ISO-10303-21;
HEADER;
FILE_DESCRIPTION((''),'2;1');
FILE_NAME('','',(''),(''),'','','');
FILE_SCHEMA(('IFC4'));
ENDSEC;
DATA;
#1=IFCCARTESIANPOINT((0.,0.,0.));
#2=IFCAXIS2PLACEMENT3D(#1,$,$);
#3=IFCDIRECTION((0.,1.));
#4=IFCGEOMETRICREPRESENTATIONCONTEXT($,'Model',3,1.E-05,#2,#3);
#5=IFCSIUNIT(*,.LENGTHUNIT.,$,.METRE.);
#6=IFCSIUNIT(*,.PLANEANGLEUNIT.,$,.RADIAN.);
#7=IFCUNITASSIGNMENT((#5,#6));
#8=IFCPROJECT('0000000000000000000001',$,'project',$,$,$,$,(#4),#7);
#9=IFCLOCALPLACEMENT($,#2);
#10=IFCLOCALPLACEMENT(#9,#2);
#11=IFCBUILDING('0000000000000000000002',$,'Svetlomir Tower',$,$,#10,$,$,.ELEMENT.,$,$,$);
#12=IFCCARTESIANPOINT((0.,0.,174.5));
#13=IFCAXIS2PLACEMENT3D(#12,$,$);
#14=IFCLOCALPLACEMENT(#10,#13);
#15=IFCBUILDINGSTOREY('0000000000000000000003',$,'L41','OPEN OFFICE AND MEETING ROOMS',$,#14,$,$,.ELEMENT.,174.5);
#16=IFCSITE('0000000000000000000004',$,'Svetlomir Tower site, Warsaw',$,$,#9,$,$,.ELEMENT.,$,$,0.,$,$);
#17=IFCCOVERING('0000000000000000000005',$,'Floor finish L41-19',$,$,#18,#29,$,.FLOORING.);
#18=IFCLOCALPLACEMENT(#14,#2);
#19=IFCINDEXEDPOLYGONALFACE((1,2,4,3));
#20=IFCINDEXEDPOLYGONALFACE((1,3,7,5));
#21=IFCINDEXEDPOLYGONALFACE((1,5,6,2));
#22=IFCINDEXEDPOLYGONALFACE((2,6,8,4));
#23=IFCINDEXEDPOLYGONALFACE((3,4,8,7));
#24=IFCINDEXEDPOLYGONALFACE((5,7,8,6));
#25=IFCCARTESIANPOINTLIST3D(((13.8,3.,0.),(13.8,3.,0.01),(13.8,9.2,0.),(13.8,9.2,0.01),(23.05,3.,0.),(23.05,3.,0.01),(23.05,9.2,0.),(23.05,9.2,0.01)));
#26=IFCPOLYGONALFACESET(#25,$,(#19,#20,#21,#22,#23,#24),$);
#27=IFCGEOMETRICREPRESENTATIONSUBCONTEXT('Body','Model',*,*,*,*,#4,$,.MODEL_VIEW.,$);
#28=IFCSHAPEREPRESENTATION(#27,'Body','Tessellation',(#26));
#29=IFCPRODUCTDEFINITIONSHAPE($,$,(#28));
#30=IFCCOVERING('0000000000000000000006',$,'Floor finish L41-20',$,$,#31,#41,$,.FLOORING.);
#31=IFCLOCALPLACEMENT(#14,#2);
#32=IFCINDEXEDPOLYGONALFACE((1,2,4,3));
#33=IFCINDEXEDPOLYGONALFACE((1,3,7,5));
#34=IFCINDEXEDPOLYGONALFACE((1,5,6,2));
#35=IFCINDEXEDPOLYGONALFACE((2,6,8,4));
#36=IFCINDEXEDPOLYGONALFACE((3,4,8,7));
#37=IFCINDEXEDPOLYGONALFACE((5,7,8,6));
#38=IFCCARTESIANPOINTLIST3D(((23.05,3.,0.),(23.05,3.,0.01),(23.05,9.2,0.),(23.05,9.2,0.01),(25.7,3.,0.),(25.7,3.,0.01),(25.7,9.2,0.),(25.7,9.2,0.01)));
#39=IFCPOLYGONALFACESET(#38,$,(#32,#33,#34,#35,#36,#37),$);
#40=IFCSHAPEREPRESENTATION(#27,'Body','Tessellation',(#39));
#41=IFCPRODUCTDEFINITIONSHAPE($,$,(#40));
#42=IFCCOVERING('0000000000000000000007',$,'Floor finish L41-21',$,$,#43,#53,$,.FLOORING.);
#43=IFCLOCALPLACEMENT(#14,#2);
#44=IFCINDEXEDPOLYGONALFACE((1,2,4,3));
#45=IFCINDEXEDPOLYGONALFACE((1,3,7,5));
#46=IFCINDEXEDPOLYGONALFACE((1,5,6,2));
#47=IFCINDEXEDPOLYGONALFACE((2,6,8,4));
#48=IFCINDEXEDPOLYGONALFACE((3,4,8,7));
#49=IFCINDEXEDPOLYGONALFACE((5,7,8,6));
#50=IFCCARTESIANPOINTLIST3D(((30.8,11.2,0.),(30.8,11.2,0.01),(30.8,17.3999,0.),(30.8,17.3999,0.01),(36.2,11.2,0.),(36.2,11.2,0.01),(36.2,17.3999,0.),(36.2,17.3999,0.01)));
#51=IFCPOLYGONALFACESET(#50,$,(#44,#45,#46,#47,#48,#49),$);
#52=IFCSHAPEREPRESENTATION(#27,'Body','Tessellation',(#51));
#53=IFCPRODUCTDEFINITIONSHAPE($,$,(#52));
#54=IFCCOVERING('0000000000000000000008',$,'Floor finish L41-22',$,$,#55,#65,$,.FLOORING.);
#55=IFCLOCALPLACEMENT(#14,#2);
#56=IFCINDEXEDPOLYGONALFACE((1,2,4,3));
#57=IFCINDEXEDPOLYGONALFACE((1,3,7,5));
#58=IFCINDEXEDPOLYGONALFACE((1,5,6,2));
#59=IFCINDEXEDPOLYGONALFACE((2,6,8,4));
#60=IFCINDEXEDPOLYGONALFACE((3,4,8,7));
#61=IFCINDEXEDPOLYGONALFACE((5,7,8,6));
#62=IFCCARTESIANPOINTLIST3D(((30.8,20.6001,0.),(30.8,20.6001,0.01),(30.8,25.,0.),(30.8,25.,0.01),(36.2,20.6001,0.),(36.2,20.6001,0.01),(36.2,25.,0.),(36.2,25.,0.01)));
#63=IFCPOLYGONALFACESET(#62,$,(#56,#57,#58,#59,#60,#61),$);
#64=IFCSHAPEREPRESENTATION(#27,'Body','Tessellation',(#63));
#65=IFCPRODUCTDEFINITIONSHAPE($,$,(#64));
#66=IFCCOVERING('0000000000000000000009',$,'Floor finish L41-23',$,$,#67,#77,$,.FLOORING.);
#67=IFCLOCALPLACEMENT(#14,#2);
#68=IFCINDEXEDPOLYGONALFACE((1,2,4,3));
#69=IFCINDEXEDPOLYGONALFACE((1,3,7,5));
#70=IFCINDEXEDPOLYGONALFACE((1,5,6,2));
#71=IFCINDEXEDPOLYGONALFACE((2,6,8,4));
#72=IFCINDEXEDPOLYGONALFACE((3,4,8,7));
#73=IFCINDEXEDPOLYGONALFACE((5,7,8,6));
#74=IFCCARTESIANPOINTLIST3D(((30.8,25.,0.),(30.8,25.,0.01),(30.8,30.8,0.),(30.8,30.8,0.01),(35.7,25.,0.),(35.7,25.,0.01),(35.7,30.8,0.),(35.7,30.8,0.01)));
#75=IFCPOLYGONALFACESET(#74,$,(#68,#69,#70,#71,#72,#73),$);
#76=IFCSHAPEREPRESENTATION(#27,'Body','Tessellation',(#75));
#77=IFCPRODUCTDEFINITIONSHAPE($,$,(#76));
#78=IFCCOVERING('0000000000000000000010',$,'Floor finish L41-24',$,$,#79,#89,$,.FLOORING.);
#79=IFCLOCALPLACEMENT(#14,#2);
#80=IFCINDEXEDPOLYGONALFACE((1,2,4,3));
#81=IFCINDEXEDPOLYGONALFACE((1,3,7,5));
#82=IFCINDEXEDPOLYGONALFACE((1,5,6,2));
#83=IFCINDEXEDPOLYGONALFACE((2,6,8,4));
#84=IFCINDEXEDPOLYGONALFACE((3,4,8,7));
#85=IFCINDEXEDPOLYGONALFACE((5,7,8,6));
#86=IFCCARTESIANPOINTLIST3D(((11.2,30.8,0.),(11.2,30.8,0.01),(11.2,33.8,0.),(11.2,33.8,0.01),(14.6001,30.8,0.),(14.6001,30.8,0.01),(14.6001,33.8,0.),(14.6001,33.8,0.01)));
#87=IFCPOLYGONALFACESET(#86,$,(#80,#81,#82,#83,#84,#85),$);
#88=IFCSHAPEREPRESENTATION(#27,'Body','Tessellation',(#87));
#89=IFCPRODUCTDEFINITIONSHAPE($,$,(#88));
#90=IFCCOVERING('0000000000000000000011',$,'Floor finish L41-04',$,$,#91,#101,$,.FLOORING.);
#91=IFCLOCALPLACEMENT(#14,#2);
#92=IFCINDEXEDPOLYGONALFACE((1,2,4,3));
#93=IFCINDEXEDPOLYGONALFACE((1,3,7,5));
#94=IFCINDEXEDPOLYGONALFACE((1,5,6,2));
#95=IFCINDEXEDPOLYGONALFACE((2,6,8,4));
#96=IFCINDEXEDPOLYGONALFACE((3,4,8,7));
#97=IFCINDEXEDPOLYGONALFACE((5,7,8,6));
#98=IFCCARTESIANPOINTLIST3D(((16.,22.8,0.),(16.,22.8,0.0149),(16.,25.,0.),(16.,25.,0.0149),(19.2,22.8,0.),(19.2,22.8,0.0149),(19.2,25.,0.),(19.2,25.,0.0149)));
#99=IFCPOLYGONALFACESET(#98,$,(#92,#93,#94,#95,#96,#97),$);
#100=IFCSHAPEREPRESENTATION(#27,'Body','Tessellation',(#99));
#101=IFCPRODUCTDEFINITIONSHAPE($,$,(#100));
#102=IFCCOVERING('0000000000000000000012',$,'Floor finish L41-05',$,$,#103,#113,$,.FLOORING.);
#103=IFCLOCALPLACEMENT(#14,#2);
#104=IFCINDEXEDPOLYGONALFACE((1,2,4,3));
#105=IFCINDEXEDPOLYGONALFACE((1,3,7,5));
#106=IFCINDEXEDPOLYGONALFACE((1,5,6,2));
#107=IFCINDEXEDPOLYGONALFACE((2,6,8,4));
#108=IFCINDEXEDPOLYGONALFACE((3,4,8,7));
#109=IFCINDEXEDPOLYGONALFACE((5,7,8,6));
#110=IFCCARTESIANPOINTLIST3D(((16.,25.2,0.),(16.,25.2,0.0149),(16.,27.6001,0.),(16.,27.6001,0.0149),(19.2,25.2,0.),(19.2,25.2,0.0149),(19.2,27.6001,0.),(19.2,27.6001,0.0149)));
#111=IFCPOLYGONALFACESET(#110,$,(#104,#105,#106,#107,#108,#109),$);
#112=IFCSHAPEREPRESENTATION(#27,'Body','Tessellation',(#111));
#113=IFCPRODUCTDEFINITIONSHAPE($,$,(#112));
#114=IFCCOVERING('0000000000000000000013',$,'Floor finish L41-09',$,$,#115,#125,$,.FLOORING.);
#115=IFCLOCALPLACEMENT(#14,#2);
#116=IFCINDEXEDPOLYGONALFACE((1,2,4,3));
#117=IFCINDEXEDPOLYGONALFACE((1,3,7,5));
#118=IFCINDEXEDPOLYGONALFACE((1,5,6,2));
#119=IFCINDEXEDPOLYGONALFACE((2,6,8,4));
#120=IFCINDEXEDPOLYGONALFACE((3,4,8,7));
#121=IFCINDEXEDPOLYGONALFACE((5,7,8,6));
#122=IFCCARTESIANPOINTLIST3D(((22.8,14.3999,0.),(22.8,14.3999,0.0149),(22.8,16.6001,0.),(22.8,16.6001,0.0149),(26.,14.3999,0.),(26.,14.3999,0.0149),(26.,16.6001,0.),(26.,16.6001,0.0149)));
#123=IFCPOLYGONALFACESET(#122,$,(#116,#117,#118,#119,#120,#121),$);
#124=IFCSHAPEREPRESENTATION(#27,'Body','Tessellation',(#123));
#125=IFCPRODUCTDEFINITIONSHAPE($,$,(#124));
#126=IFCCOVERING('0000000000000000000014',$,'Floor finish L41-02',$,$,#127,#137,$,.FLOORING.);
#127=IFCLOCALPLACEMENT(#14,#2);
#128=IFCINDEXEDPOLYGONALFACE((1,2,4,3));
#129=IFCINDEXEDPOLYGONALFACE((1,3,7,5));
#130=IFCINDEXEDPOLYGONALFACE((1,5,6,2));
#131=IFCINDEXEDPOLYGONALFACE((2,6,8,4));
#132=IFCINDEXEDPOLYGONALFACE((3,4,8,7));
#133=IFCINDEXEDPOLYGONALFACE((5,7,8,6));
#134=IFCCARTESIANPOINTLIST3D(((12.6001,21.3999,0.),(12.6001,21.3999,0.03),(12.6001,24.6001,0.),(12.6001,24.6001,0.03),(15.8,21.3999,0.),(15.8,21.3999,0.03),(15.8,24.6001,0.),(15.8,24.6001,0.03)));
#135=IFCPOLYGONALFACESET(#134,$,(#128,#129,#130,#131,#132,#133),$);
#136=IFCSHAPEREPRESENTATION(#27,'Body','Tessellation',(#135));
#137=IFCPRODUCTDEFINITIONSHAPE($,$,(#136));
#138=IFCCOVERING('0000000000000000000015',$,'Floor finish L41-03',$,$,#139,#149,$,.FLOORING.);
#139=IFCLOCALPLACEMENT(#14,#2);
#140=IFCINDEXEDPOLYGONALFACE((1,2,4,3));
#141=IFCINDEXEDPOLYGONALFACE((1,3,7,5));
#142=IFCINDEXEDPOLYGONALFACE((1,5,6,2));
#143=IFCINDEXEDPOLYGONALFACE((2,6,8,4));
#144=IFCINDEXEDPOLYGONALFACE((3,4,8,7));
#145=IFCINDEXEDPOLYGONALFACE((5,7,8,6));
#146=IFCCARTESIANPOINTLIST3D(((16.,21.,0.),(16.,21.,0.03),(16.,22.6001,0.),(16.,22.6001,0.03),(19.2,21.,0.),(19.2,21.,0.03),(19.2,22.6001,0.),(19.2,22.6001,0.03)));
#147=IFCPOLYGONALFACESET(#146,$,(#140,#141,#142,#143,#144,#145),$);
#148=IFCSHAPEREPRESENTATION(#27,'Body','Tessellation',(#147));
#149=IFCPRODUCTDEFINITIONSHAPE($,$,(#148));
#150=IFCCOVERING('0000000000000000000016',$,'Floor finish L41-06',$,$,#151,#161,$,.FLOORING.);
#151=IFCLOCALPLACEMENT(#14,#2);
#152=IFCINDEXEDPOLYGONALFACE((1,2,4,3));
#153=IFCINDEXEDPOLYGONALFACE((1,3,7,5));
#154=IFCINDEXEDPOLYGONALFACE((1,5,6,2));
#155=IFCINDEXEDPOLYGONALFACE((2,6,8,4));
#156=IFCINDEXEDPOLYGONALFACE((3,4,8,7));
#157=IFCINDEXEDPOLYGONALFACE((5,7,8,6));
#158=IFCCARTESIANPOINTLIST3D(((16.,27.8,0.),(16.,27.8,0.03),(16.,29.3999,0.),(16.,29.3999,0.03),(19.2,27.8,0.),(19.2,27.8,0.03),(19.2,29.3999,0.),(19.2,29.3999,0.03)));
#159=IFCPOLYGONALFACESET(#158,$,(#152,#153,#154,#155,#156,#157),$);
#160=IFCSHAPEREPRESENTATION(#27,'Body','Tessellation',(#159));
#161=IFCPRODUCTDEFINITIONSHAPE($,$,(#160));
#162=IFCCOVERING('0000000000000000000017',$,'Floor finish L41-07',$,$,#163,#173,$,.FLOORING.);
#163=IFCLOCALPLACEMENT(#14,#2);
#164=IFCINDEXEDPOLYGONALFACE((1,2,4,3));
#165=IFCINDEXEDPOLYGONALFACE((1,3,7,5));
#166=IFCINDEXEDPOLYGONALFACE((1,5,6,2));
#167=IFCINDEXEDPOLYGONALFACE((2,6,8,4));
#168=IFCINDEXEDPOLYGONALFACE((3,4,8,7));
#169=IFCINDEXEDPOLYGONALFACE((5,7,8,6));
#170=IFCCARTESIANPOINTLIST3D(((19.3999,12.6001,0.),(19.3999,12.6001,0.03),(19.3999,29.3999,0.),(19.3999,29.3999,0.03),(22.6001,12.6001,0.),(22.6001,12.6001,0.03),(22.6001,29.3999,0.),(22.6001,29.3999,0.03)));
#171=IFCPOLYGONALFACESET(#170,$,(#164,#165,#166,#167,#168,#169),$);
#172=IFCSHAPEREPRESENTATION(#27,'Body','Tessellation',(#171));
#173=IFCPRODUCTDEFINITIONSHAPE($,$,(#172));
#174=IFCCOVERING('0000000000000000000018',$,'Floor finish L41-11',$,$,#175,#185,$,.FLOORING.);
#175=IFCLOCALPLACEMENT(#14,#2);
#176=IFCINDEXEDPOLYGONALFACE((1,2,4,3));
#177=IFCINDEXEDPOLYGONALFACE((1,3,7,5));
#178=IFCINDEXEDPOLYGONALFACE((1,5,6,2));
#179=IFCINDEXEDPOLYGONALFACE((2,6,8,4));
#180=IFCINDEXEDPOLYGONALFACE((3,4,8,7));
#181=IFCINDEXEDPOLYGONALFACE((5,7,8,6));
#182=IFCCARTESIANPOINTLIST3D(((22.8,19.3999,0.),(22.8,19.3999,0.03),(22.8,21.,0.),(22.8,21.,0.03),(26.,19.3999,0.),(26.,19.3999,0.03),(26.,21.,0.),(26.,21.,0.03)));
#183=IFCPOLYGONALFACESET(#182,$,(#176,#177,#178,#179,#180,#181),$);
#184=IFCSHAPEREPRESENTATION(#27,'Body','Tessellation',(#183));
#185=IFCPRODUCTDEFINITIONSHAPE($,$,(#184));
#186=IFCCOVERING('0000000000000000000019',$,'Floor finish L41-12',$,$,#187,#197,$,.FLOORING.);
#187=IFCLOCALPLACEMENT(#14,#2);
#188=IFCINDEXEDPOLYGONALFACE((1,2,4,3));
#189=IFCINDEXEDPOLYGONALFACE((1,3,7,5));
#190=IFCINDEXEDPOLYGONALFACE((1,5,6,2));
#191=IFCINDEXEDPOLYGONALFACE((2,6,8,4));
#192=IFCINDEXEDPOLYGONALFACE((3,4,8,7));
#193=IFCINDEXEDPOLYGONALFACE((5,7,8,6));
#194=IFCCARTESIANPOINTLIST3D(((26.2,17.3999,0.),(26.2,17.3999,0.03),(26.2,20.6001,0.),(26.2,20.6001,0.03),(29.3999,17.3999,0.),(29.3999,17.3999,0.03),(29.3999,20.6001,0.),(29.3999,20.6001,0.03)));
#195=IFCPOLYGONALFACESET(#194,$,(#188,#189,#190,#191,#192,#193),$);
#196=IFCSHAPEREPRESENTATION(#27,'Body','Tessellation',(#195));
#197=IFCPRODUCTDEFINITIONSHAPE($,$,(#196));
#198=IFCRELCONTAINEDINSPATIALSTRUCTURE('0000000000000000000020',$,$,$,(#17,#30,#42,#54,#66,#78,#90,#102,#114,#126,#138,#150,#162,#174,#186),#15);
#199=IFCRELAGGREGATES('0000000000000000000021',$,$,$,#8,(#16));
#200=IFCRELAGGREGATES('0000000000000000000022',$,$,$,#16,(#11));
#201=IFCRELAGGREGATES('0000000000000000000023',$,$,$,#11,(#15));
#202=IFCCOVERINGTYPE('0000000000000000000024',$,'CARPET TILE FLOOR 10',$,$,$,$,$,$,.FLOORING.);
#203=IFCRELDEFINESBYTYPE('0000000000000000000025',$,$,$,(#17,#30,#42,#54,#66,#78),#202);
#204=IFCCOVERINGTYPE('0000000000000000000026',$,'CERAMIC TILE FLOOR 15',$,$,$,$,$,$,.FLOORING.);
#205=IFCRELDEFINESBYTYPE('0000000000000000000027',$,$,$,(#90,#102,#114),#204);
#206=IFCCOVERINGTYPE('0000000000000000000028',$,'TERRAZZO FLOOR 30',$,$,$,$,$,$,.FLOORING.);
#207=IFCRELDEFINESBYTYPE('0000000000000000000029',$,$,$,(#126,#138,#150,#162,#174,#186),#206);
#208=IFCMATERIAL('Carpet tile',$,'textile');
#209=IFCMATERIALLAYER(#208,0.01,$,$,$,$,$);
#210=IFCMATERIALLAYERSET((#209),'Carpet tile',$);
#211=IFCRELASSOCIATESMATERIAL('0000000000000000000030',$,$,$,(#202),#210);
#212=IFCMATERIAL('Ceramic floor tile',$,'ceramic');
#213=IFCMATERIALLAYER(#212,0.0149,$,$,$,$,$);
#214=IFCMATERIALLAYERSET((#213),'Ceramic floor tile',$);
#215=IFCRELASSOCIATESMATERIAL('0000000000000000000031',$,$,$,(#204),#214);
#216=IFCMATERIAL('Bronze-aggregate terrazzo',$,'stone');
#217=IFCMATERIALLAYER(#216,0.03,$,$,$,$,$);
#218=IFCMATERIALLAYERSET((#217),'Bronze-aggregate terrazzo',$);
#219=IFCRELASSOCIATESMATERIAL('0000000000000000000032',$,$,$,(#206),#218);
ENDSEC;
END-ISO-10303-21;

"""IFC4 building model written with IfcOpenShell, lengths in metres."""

from ifc_helpers import new_model, si_unit, direction, frame, origin, place, context, subcontext, project, spatial, polyline, outline, extrude, material, layer, layer_set, type_object, element, save


model = new_model("IFC4")

# Units and contexts
model_context = context("Model", 3, precision=1e-05, world=origin(), true_north=direction((0.0, 1.0)))
body_context = subcontext(model_context, "Body", "Model", "MODEL_VIEW")
ifc_project = project(units=[si_unit("LENGTHUNIT", "METRE"), si_unit("PLANEANGLEUNIT", "RADIAN")], contexts=[model_context])

# Site, building, storey
site_placement = place(None, origin())
site = spatial("IfcSite", under=ifc_project, at=site_placement, Name="Svetlomir Tower site, Warsaw", CompositionType="ELEMENT", RefElevation=0.0)
building_placement = place(site_placement, origin())
building = spatial("IfcBuilding", under=site, at=building_placement, Name="Svetlomir Tower", CompositionType="ELEMENT")
storey_placement = place(building_placement, frame((0.0, 0.0, 174.5)))
storey = spatial("IfcBuildingStorey", under=building, at=storey_placement, Name="L41", Description="OPEN OFFICE AND MEETING ROOMS", CompositionType="ELEMENT", Elevation=174.5)

# Coverings
ifc_material_1 = material(Name="Carpet tile", Category="textile")
ifc_layer_1 = layer(ifc_material_1, 0.01)
ifc_layer_set_1 = layer_set([ifc_layer_1], Name="Carpet tile")
covering_type_1 = type_object("IfcCoveringType", Name="CARPET TILE FLOOR 10", PredefinedType="FLOORING", material=ifc_layer_set_1)
covering_1_placement = place(storey_placement, origin())
element("IfcCovering", 1, at=covering_1_placement, inside=storey, type_object=covering_type_1, Name="Floor finish L41-19", PredefinedType="FLOORING", context=body_context, shape_type="SweptSolid", body=[
    extrude(outline(polyline([(13.8, 3.0), (23.05, 3.0), (23.05, 9.2), (13.8, 9.2), (13.8, 3.0)])), origin(), (0.0, 0.0, 1.0), 0.01),
])
covering_2_placement = place(storey_placement, origin())
element("IfcCovering", 2, at=covering_2_placement, inside=storey, type_object=covering_type_1, Name="Floor finish L41-20", PredefinedType="FLOORING", context=body_context, shape_type="SweptSolid", body=[
    extrude(outline(polyline([(23.05, 3.0), (25.7, 3.0), (25.7, 9.2), (23.05, 9.2), (23.05, 3.0)])), origin(), (0.0, 0.0, 1.0), 0.01),
])
covering_3_placement = place(storey_placement, origin())
element("IfcCovering", 3, at=covering_3_placement, inside=storey, type_object=covering_type_1, Name="Floor finish L41-21", PredefinedType="FLOORING", context=body_context, shape_type="SweptSolid", body=[
    extrude(outline(polyline([(30.8, 11.2), (36.2, 11.2), (36.2, 17.3999), (30.8, 17.3999), (30.8, 11.2)])), origin(), (0.0, 0.0, 1.0), 0.01),
])
covering_4_placement = place(storey_placement, origin())
element("IfcCovering", 4, at=covering_4_placement, inside=storey, type_object=covering_type_1, Name="Floor finish L41-22", PredefinedType="FLOORING", context=body_context, shape_type="SweptSolid", body=[
    extrude(outline(polyline([(30.8, 20.6001), (36.2, 20.6001), (36.2, 25.0), (30.8, 25.0), (30.8, 20.6001)])), origin(), (0.0, 0.0, 1.0), 0.01),
])
covering_5_placement = place(storey_placement, origin())
element("IfcCovering", 5, at=covering_5_placement, inside=storey, type_object=covering_type_1, Name="Floor finish L41-23", PredefinedType="FLOORING", context=body_context, shape_type="SweptSolid", body=[
    extrude(outline(polyline([(30.8, 25.0), (35.7, 25.0), (35.7, 30.8), (30.8, 30.8), (30.8, 25.0)])), origin(), (0.0, 0.0, 1.0), 0.01),
])
covering_6_placement = place(storey_placement, origin())
element("IfcCovering", 6, at=covering_6_placement, inside=storey, type_object=covering_type_1, Name="Floor finish L41-24", PredefinedType="FLOORING", context=body_context, shape_type="SweptSolid", body=[
    extrude(outline(polyline([(11.2, 30.8), (14.6001, 30.8), (14.6001, 33.8), (11.2, 33.8), (11.2, 30.8)])), origin(), (0.0, 0.0, 1.0), 0.01),
])
ifc_material_2 = material(Name="Ceramic floor tile", Category="ceramic")
ifc_layer_2 = layer(ifc_material_2, 0.0149)
ifc_layer_set_2 = layer_set([ifc_layer_2], Name="Ceramic floor tile")
covering_type_2 = type_object("IfcCoveringType", Name="CERAMIC TILE FLOOR 15", PredefinedType="FLOORING", material=ifc_layer_set_2)
covering_7_placement = place(storey_placement, origin())
element("IfcCovering", 7, at=covering_7_placement, inside=storey, type_object=covering_type_2, Name="Floor finish L41-04", PredefinedType="FLOORING", context=body_context, shape_type="SweptSolid", body=[
    extrude(outline(polyline([(16.0, 22.8), (19.2, 22.8), (19.2, 25.0), (16.0, 25.0), (16.0, 22.8)])), origin(), (0.0, 0.0, 1.0), 0.0149),
])
covering_8_placement = place(storey_placement, origin())
element("IfcCovering", 8, at=covering_8_placement, inside=storey, type_object=covering_type_2, Name="Floor finish L41-05", PredefinedType="FLOORING", context=body_context, shape_type="SweptSolid", body=[
    extrude(outline(polyline([(16.0, 25.2), (19.2, 25.2), (19.2, 27.6001), (16.0, 27.6001), (16.0, 25.2)])), origin(), (0.0, 0.0, 1.0), 0.0149),
])
covering_9_placement = place(storey_placement, origin())
element("IfcCovering", 9, at=covering_9_placement, inside=storey, type_object=covering_type_2, Name="Floor finish L41-09", PredefinedType="FLOORING", context=body_context, shape_type="SweptSolid", body=[
    extrude(outline(polyline([(22.8, 14.3999), (26.0, 14.3999), (26.0, 16.6001), (22.8, 16.6001), (22.8, 14.3999)])), origin(), (0.0, 0.0, 1.0), 0.0149),
])
ifc_material_3 = material(Name="Bronze-aggregate terrazzo", Category="stone")
ifc_layer_3 = layer(ifc_material_3, 0.03)
ifc_layer_set_3 = layer_set([ifc_layer_3], Name="Bronze-aggregate terrazzo")
covering_type_3 = type_object("IfcCoveringType", Name="TERRAZZO FLOOR 30", PredefinedType="FLOORING", material=ifc_layer_set_3)
covering_10_placement = place(storey_placement, origin())
element("IfcCovering", 10, at=covering_10_placement, inside=storey, type_object=covering_type_3, Name="Floor finish L41-02", PredefinedType="FLOORING", context=body_context, shape_type="SweptSolid", body=[
    extrude(outline(polyline([(12.6001, 21.3999), (15.8, 21.3999), (15.8, 24.6001), (12.6001, 24.6001), (12.6001, 21.3999)])), origin(), (0.0, 0.0, 1.0), 0.03),
])
covering_11_placement = place(storey_placement, origin())
element("IfcCovering", 11, at=covering_11_placement, inside=storey, type_object=covering_type_3, Name="Floor finish L41-03", PredefinedType="FLOORING", context=body_context, shape_type="SweptSolid", body=[
    extrude(outline(polyline([(16.0, 21.0), (19.2, 21.0), (19.2, 22.6001), (16.0, 22.6001), (16.0, 21.0)])), origin(), (0.0, 0.0, 1.0), 0.03),
])
covering_12_placement = place(storey_placement, origin())
element("IfcCovering", 12, at=covering_12_placement, inside=storey, type_object=covering_type_3, Name="Floor finish L41-06", PredefinedType="FLOORING", context=body_context, shape_type="SweptSolid", body=[
    extrude(outline(polyline([(16.0, 27.8), (19.2, 27.8), (19.2, 29.3999), (16.0, 29.3999), (16.0, 27.8)])), origin(), (0.0, 0.0, 1.0), 0.03),
])
covering_13_placement = place(storey_placement, origin())
element("IfcCovering", 13, at=covering_13_placement, inside=storey, type_object=covering_type_3, Name="Floor finish L41-07", PredefinedType="FLOORING", context=body_context, shape_type="SweptSolid", body=[
    extrude(outline(polyline([(19.3999, 12.6001), (22.6001, 12.6001), (22.6001, 29.3999), (19.3999, 29.3999), (19.3999, 12.6001)])), origin(), (0.0, 0.0, 1.0), 0.03),
])
covering_14_placement = place(storey_placement, origin())
element("IfcCovering", 14, at=covering_14_placement, inside=storey, type_object=covering_type_3, Name="Floor finish L41-11", PredefinedType="FLOORING", context=body_context, shape_type="SweptSolid", body=[
    extrude(outline(polyline([(22.8, 19.3999), (26.0, 19.3999), (26.0, 21.0), (22.8, 21.0), (22.8, 19.3999)])), origin(), (0.0, 0.0, 1.0), 0.03),
])
covering_15_placement = place(storey_placement, origin())
element("IfcCovering", 15, at=covering_15_placement, inside=storey, type_object=covering_type_3, Name="Floor finish L41-12", PredefinedType="FLOORING", context=body_context, shape_type="SweptSolid", body=[
    extrude(outline(polyline([(26.2, 17.3999), (29.3999, 17.3999), (29.3999, 20.6001), (26.2, 20.6001), (26.2, 17.3999)])), origin(), (0.0, 0.0, 1.0), 0.03),
])

save(model, "model.ifc")
